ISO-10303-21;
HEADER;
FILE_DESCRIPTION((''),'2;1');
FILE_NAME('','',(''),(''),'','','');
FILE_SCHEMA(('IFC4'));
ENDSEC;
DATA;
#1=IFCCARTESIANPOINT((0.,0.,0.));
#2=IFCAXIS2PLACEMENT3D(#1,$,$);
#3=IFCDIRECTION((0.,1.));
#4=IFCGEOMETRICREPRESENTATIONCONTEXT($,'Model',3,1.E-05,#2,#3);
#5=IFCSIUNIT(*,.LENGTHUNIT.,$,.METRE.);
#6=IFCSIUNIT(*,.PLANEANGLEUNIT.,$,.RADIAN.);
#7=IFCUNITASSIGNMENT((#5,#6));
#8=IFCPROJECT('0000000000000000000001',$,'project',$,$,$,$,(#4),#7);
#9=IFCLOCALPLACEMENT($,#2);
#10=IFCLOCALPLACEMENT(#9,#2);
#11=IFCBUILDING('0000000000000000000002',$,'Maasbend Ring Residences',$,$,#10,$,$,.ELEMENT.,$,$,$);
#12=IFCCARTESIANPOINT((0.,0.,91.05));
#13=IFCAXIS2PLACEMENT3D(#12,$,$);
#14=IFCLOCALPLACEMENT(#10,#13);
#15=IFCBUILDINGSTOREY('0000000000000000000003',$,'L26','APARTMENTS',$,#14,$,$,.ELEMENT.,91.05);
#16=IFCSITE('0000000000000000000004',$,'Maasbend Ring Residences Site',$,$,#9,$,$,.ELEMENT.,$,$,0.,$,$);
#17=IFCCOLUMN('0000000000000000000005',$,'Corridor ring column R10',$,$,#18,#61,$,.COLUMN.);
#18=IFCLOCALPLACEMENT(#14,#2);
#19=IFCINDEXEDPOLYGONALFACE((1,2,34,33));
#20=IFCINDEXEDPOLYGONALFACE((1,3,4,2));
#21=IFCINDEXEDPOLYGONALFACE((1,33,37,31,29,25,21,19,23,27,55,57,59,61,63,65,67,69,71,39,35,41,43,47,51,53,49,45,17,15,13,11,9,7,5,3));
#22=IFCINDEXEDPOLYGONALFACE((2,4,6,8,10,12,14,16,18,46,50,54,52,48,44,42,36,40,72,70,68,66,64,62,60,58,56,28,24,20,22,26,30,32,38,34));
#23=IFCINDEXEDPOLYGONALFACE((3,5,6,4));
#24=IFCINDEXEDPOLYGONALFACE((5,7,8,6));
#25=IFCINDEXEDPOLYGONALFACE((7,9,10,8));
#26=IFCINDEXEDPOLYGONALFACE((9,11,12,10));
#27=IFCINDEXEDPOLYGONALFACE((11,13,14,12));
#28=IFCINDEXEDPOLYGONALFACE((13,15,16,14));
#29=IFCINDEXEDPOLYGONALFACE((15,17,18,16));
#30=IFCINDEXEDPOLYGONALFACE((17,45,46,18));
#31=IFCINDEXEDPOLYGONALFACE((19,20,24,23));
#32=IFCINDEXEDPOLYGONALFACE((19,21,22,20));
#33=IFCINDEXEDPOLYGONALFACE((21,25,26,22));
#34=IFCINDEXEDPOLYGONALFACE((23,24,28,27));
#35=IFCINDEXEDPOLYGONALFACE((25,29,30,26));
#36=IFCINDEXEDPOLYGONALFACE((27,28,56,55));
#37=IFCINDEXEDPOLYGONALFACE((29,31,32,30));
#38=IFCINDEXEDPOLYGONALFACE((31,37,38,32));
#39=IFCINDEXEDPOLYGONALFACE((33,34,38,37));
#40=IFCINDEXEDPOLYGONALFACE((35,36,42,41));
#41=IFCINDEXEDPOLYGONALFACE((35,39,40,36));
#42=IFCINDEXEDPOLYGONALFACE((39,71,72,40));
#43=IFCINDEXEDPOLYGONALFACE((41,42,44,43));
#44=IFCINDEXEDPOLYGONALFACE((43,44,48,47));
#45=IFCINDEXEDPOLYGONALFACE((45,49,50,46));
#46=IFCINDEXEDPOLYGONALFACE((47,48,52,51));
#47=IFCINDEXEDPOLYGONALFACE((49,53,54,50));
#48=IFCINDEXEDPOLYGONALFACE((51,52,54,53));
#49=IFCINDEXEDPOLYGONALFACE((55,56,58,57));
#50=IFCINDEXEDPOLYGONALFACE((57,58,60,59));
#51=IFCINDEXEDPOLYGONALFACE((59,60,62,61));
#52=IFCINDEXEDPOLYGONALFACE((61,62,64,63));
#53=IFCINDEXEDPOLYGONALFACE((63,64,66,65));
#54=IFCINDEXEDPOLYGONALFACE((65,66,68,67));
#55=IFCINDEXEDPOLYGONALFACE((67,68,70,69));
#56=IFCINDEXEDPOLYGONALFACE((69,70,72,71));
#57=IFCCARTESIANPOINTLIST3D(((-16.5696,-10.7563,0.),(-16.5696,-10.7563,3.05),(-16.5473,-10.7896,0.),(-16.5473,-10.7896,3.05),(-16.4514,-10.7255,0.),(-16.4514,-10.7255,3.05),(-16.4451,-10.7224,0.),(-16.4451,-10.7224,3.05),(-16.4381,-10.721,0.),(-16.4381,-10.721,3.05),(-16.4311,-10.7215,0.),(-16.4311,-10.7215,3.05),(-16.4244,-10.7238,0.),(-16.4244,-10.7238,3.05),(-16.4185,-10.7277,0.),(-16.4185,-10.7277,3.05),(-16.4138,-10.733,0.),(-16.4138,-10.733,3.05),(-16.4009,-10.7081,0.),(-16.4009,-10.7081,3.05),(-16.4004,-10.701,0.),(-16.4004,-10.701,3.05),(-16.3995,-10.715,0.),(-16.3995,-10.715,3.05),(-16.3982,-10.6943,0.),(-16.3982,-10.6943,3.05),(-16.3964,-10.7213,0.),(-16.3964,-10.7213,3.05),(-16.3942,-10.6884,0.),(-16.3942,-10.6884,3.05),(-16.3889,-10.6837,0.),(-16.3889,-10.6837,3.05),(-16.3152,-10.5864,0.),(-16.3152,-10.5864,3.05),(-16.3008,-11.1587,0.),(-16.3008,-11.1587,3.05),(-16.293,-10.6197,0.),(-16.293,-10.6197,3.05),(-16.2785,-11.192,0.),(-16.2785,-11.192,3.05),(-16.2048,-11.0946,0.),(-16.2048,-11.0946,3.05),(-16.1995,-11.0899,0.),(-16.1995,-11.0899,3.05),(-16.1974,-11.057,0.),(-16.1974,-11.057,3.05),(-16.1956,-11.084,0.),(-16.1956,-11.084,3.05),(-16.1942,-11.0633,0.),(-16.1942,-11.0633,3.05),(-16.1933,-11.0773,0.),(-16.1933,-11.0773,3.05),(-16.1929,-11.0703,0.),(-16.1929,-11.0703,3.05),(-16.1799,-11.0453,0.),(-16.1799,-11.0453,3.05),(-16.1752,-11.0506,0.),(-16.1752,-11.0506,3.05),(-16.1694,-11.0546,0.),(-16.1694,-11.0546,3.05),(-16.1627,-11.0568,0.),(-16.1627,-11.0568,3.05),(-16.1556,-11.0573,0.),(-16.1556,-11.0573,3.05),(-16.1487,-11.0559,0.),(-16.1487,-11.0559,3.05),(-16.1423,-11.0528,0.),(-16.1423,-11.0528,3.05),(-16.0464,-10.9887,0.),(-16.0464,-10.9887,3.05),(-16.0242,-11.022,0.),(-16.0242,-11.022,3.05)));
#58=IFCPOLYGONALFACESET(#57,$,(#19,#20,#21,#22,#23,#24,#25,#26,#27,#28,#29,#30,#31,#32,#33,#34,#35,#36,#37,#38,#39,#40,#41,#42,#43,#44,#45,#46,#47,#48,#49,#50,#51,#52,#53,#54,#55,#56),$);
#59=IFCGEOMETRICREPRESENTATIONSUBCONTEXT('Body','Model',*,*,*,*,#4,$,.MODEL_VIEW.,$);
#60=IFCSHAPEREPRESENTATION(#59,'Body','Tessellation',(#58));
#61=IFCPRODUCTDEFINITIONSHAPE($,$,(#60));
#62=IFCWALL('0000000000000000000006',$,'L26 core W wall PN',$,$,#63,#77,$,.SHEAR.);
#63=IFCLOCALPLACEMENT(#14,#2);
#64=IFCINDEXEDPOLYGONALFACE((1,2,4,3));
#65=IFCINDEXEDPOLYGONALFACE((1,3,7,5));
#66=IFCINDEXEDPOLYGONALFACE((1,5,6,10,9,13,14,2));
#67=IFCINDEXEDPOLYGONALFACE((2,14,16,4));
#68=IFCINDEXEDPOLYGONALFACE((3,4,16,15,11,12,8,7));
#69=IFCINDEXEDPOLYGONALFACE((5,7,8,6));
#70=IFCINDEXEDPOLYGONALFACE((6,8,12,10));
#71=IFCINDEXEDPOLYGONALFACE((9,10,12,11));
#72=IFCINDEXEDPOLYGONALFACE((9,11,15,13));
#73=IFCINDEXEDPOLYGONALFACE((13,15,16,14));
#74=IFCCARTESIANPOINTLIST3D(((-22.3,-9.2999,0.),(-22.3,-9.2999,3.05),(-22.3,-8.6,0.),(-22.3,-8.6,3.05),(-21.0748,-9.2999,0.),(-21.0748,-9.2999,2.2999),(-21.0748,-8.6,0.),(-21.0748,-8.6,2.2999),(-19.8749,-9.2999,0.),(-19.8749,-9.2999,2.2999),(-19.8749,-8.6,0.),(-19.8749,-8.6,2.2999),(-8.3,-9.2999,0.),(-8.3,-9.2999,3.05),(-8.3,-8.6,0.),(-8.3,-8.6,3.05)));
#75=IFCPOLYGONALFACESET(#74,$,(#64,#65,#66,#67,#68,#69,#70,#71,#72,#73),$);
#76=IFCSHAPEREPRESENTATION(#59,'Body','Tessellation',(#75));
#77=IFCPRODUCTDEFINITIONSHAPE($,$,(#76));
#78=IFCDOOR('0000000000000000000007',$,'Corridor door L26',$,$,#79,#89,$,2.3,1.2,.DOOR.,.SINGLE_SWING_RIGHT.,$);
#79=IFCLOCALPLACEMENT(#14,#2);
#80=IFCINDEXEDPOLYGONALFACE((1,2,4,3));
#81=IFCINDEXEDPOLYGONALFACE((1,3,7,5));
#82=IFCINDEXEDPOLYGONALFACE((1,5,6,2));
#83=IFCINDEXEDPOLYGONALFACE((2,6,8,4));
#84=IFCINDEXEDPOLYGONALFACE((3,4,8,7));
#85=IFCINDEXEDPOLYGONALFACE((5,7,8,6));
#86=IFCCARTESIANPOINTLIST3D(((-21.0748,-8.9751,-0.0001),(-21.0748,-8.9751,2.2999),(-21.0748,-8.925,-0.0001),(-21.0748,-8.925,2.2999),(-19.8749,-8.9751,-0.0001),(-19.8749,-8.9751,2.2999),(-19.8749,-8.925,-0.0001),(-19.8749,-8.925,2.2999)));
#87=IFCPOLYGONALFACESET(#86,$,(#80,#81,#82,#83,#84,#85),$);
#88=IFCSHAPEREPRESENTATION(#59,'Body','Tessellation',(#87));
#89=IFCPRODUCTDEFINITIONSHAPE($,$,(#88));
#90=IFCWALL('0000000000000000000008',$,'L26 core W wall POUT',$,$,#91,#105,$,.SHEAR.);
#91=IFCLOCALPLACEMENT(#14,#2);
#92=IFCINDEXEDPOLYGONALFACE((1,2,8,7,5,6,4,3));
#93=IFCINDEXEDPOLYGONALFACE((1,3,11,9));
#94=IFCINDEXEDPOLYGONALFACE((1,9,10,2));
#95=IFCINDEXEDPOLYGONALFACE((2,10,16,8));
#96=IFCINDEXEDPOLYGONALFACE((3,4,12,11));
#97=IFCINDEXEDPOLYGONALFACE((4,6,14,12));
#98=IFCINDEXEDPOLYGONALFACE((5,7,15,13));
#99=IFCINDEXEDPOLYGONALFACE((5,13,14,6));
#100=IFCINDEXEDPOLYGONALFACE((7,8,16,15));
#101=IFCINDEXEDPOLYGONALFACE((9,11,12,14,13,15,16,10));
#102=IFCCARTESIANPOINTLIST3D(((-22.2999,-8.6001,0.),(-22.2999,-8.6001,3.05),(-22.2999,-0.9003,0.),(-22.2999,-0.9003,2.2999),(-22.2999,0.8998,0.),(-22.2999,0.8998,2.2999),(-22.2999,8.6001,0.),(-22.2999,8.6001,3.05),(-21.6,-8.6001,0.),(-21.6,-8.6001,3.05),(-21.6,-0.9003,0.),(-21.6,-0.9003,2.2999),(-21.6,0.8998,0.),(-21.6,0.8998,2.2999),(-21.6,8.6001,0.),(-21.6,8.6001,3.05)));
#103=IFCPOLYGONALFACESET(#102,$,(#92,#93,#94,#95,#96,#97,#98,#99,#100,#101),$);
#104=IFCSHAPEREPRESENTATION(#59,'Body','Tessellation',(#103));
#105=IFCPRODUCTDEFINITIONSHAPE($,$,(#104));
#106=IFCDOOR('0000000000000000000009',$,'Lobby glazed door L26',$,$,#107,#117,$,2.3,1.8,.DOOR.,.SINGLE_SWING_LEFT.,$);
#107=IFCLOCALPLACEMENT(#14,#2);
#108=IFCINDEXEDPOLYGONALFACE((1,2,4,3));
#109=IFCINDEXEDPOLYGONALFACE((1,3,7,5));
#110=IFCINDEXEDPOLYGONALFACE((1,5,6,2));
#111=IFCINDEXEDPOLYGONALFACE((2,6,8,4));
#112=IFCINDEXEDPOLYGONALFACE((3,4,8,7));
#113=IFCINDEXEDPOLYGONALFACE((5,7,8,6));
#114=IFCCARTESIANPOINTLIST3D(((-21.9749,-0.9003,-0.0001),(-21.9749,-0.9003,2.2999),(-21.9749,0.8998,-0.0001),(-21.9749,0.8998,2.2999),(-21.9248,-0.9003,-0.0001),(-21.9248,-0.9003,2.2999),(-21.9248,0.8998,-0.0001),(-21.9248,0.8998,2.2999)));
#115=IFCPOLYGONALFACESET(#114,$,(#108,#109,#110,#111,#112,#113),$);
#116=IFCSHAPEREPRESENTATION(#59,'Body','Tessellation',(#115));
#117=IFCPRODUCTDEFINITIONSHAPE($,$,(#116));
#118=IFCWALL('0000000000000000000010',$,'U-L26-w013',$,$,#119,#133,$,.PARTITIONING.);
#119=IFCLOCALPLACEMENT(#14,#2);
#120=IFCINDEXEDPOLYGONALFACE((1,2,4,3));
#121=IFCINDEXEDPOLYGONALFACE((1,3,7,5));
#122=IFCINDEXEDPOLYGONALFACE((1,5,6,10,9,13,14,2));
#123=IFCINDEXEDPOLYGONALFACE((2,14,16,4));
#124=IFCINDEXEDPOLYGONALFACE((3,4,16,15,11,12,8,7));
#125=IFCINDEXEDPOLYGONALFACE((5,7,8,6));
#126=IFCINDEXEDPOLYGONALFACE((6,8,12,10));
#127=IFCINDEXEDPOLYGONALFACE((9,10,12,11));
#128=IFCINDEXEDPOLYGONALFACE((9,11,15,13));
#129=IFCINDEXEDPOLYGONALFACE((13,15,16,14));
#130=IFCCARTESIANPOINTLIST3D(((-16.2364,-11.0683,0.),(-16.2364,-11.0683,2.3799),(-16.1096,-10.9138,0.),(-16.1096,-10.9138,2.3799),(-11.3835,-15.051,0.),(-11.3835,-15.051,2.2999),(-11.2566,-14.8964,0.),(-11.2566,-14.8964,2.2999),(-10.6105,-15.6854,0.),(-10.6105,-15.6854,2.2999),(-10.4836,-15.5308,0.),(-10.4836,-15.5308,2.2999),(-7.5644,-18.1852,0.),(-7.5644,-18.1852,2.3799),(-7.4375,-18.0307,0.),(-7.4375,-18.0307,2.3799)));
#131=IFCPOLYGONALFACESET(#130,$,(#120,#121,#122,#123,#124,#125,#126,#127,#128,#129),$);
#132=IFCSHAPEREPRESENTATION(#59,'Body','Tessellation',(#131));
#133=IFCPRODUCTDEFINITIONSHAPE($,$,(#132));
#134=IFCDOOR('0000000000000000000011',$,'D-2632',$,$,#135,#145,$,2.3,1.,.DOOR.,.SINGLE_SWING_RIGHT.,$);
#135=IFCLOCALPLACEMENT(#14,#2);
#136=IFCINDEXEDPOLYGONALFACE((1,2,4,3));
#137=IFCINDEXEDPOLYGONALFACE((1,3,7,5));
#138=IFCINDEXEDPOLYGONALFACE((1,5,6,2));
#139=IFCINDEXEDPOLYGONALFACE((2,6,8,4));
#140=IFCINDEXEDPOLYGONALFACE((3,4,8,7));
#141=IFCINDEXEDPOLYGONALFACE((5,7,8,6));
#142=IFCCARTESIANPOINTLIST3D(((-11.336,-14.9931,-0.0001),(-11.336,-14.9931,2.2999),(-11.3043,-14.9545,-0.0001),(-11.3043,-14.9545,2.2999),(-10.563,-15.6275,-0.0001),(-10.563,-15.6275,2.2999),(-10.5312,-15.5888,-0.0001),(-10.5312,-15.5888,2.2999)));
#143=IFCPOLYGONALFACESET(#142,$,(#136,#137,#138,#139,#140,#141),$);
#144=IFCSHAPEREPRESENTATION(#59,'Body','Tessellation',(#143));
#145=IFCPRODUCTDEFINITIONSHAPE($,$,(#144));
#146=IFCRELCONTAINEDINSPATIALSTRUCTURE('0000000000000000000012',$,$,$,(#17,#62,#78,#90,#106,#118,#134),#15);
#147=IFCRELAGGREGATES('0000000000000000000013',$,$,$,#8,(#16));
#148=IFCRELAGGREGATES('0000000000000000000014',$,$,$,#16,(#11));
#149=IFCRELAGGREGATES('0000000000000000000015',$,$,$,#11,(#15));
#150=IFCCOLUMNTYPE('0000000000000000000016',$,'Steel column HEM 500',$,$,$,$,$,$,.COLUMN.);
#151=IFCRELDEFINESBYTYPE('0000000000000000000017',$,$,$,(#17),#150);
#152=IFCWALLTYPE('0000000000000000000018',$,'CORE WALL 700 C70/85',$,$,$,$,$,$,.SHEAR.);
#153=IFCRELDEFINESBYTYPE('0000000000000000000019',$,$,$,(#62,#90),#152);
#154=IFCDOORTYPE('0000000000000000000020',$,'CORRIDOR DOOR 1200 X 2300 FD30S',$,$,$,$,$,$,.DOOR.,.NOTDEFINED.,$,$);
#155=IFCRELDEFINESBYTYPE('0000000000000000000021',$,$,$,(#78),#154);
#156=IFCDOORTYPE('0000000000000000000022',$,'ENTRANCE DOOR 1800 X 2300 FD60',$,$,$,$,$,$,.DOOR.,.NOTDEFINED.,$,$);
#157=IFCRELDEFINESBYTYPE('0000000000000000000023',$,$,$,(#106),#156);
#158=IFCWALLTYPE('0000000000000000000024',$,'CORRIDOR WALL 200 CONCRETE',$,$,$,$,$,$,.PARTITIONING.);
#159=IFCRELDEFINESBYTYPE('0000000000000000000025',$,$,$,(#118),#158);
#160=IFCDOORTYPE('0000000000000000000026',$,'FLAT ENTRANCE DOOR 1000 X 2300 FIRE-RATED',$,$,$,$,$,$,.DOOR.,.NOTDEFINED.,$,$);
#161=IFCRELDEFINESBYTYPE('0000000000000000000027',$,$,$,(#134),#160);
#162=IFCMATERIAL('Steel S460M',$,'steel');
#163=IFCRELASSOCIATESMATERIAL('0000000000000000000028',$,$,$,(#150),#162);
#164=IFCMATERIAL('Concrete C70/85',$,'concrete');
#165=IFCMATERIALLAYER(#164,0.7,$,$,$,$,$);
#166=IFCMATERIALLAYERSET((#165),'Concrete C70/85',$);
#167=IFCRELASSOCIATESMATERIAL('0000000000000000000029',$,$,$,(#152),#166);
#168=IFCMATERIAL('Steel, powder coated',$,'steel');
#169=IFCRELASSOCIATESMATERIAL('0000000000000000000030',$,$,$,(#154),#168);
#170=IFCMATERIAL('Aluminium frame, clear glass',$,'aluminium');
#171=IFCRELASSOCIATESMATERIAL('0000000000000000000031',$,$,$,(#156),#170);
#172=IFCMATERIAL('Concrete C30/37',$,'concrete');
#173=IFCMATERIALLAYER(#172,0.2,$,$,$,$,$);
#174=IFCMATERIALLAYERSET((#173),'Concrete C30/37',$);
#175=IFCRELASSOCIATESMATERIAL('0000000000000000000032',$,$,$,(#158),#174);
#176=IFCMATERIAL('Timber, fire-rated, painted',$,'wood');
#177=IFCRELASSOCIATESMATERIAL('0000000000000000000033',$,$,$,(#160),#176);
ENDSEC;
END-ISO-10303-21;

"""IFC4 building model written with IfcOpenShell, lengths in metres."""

from ifc_helpers import new_model, si_unit, direction, frame, frame_2d, origin, origin_2d, place, context, subcontext, project, spatial, rectangle, i_section, extrude, material, layer, layer_set, material_profile, profile_set, type_object, element, fill, save


model = new_model("IFC4")

# Units and contexts
model_context = context("Model", 3, precision=1e-05, world=origin(), true_north=direction((0.0, 1.0)))
body_context = subcontext(model_context, "Body", "Model", "MODEL_VIEW")
ifc_project = project(units=[si_unit("LENGTHUNIT", "METRE"), si_unit("PLANEANGLEUNIT", "RADIAN")], contexts=[model_context])

# Site, building, storey
site_placement = place(None, origin())
site = spatial("IfcSite", under=ifc_project, at=site_placement, Name="Maasbend Ring Residences Site", CompositionType="ELEMENT", RefElevation=0.0)
building_placement = place(site_placement, origin())
building = spatial("IfcBuilding", under=site, at=building_placement, Name="Maasbend Ring Residences", CompositionType="ELEMENT")
storey_placement = place(building_placement, frame((0.0, 0.0, 91.05)))
storey = spatial("IfcBuildingStorey", under=building, at=storey_placement, Name="L26", Description="APARTMENTS", CompositionType="ELEMENT", Elevation=91.05)

# Column
ifc_material_1 = material(Name="Steel S460M", Category="steel")
ifc_material_profile = material_profile(ifc_material_1, i_section(OverallWidth=0.3059, OverallDepth=0.5239, WebThickness=0.021, FlangeThickness=0.04, FilletRadius=0.0271, at=origin_2d()), Name="HEM 500")
ifc_profile_set = profile_set([ifc_material_profile], Name="Steel S460M")
column_type = type_object("IfcColumnType", Name="Steel column HEM 500", PredefinedType="COLUMN", material=ifc_profile_set)
column_placement = place(storey_placement, frame((-16.2969, -10.8892, 0.0), z_axis=(0.0, 0.0, 1.0), x_axis=(-0.83147, -0.55557, 0.0)))
element("IfcColumn", 1, at=column_placement, inside=storey, type_object=column_type, Name="Corridor ring column R10", PredefinedType="COLUMN", context=body_context, shape_type="SweptSolid", body=[
    extrude(i_section(OverallWidth=0.3059, OverallDepth=0.5239, WebThickness=0.021, FlangeThickness=0.04, FilletRadius=0.0271, at=origin_2d()), origin(), (0.0, 0.0, 1.0), 3.05),
])

# Walls, openings, doors
ifc_material_2 = material(Name="Concrete C70/85", Category="concrete")
ifc_layer_1 = layer(ifc_material_2, 0.7)
ifc_layer_set_1 = layer_set([ifc_layer_1], Name="Concrete C70/85")
wall_type_1 = type_object("IfcWallType", Name="CORE WALL 700 C70/85", PredefinedType="SHEAR", material=ifc_layer_set_1)
wall_1_placement = place(storey_placement, frame((-22.3, -8.95, 0.0), z_axis=(0.0, 0.0, 1.0), x_axis=(1.0, 0.0, 0.0)))
wall_1 = element("IfcWall", 2, at=wall_1_placement, inside=storey, type_object=wall_type_1, Name="L26 core W wall PN", PredefinedType="SHEAR", context=body_context, shape_type="SweptSolid", body=[
    extrude(rectangle(XDim=14.0, YDim=0.7, at=frame_2d((7.0, 0.0))), origin(), (0.0, 0.0, 1.0), 3.05),
])
opening_1_placement = place(wall_1_placement, frame((1.2251, 0.0, 0.0)))
opening_1 = element("IfcOpeningElement", 3, at=opening_1_placement, cuts=wall_1, PredefinedType="OPENING", context=body_context, shape_type="SweptSolid", body=[
    extrude(rectangle(XDim=1.2, YDim=2.3, at=frame_2d((0.6001, 1.1499))), frame((0.0, 0.3599, 0.0), z_axis=(0.0, -1.0, 0.0), x_axis=(1.0, 0.0, 0.0)), (0.0, 0.0, 1.0), 0.72),
])
ifc_material_3 = material(Name="Steel, powder coated", Category="steel")
door_type_1 = type_object("IfcDoorType", Name="CORRIDOR DOOR 1200 X 2300 FD30S", OperationType="NOTDEFINED", PredefinedType="DOOR", material=ifc_material_3)
door_1_placement = place(opening_1_placement, origin())
door_1 = element("IfcDoor", 4, at=door_1_placement, inside=storey, type_object=door_type_1, Name="Corridor door L26", OperationType="SINGLE_SWING_RIGHT", OverallHeight=2.3, OverallWidth=1.2, PredefinedType="DOOR", context=body_context, shape_type="SweptSolid", body=[
    extrude(rectangle(XDim=1.2, YDim=2.3, at=frame_2d((0.6001, 1.1499))), frame((0.0, 0.0249, 0.0), z_axis=(0.0, -1.0, 0.0), x_axis=(1.0, 0.0, 0.0)), (0.0, 0.0, 1.0), 0.05),
])
fill(opening_1, door_1)
wall_2_placement = place(storey_placement, frame((-21.95, -8.6001, 0.0), z_axis=(0.0, 0.0, 1.0), x_axis=(0.0, 1.0, 0.0)))
wall_2 = element("IfcWall", 5, at=wall_2_placement, inside=storey, type_object=wall_type_1, Name="L26 core W wall POUT", PredefinedType="SHEAR", context=body_context, shape_type="SweptSolid", body=[
    extrude(rectangle(XDim=17.2002, YDim=0.7, at=frame_2d((8.6001, 0.0))), origin(), (0.0, 0.0, 1.0), 3.05),
])
opening_2_placement = place(wall_2_placement, frame((7.7, 0.0, 0.0)))
opening_2 = element("IfcOpeningElement", 6, at=opening_2_placement, cuts=wall_2, PredefinedType="OPENING", context=body_context, shape_type="SweptSolid", body=[
    extrude(rectangle(XDim=1.8, YDim=2.3, at=frame_2d((0.8999, 1.1499))), frame((0.0, 0.3599, 0.0), z_axis=(0.0, -1.0, 0.0), x_axis=(1.0, 0.0, 0.0)), (0.0, 0.0, 1.0), 0.72),
])
ifc_material_4 = material(Name="Aluminium frame, clear glass", Category="aluminium")
door_type_2 = type_object("IfcDoorType", Name="ENTRANCE DOOR 1800 X 2300 FD60", OperationType="NOTDEFINED", PredefinedType="DOOR", material=ifc_material_4)
door_2_placement = place(opening_2_placement, origin())
door_2 = element("IfcDoor", 7, at=door_2_placement, inside=storey, type_object=door_type_2, Name="Lobby glazed door L26", OperationType="SINGLE_SWING_LEFT", OverallHeight=2.3, OverallWidth=1.8, PredefinedType="DOOR", context=body_context, shape_type="SweptSolid", body=[
    extrude(rectangle(XDim=1.8, YDim=2.3, at=frame_2d((0.8999, 1.1499))), frame((0.0, 0.0249, 0.0), z_axis=(0.0, -1.0, 0.0), x_axis=(1.0, 0.0, 0.0)), (0.0, 0.0, 1.0), 0.05),
])
fill(opening_2, door_2)
ifc_material_5 = material(Name="Concrete C30/37", Category="concrete")
ifc_layer_2 = layer(ifc_material_5, 0.2)
ifc_layer_set_2 = layer_set([ifc_layer_2], Name="Concrete C30/37")
wall_type_2 = type_object("IfcWallType", Name="CORRIDOR WALL 200 CONCRETE", PredefinedType="PARTITIONING", material=ifc_layer_set_2)
wall_3_placement = place(storey_placement, frame((-16.1731, -10.991, 0.0), z_axis=(0.0, 0.0, 1.0), x_axis=(0.773014, -0.634389, 0.0)))
wall_3 = element("IfcWall", 8, at=wall_3_placement, inside=storey, type_object=wall_type_2, Name="U-L26-w013", PredefinedType="PARTITIONING", context=body_context, shape_type="SweptSolid", body=[
    extrude(rectangle(XDim=11.2185, YDim=0.2, at=frame_2d((5.6094, 0.0))), origin(), (0.0, 0.0, 1.0), 2.3799),
])
opening_3_placement = place(wall_3_placement, frame((6.2781, 0.0, 0.0)))
opening_3 = element("IfcOpeningElement", 9, at=opening_3_placement, cuts=wall_3, PredefinedType="OPENING", context=body_context, shape_type="SweptSolid", body=[
    extrude(rectangle(XDim=1.0, YDim=2.3, at=frame_2d((0.5, 1.1499))), frame((0.0, 0.1099, 0.0), z_axis=(0.0, -1.0, 0.0), x_axis=(1.0, 0.0, 0.0)), (0.0, 0.0, 1.0), 0.22),
])
ifc_material_6 = material(Name="Timber, fire-rated, painted", Category="wood")
door_type_3 = type_object("IfcDoorType", Name="FLAT ENTRANCE DOOR 1000 X 2300 FIRE-RATED", OperationType="NOTDEFINED", PredefinedType="DOOR", material=ifc_material_6)
door_3_placement = place(opening_3_placement, origin())
door_3 = element("IfcDoor", 10, at=door_3_placement, inside=storey, type_object=door_type_3, Name="D-2632", OperationType="SINGLE_SWING_RIGHT", OverallHeight=2.3, OverallWidth=1.0, PredefinedType="DOOR", context=body_context, shape_type="SweptSolid", body=[
    extrude(rectangle(XDim=1.0, YDim=2.3, at=frame_2d((0.5, 1.1499))), frame((0.0, 0.0249, 0.0), z_axis=(0.0, -1.0, 0.0), x_axis=(1.0, 0.0, 0.0)), (0.0, 0.0, 1.0), 0.05),
])
fill(opening_3, door_3)

save(model, "model.ifc")
